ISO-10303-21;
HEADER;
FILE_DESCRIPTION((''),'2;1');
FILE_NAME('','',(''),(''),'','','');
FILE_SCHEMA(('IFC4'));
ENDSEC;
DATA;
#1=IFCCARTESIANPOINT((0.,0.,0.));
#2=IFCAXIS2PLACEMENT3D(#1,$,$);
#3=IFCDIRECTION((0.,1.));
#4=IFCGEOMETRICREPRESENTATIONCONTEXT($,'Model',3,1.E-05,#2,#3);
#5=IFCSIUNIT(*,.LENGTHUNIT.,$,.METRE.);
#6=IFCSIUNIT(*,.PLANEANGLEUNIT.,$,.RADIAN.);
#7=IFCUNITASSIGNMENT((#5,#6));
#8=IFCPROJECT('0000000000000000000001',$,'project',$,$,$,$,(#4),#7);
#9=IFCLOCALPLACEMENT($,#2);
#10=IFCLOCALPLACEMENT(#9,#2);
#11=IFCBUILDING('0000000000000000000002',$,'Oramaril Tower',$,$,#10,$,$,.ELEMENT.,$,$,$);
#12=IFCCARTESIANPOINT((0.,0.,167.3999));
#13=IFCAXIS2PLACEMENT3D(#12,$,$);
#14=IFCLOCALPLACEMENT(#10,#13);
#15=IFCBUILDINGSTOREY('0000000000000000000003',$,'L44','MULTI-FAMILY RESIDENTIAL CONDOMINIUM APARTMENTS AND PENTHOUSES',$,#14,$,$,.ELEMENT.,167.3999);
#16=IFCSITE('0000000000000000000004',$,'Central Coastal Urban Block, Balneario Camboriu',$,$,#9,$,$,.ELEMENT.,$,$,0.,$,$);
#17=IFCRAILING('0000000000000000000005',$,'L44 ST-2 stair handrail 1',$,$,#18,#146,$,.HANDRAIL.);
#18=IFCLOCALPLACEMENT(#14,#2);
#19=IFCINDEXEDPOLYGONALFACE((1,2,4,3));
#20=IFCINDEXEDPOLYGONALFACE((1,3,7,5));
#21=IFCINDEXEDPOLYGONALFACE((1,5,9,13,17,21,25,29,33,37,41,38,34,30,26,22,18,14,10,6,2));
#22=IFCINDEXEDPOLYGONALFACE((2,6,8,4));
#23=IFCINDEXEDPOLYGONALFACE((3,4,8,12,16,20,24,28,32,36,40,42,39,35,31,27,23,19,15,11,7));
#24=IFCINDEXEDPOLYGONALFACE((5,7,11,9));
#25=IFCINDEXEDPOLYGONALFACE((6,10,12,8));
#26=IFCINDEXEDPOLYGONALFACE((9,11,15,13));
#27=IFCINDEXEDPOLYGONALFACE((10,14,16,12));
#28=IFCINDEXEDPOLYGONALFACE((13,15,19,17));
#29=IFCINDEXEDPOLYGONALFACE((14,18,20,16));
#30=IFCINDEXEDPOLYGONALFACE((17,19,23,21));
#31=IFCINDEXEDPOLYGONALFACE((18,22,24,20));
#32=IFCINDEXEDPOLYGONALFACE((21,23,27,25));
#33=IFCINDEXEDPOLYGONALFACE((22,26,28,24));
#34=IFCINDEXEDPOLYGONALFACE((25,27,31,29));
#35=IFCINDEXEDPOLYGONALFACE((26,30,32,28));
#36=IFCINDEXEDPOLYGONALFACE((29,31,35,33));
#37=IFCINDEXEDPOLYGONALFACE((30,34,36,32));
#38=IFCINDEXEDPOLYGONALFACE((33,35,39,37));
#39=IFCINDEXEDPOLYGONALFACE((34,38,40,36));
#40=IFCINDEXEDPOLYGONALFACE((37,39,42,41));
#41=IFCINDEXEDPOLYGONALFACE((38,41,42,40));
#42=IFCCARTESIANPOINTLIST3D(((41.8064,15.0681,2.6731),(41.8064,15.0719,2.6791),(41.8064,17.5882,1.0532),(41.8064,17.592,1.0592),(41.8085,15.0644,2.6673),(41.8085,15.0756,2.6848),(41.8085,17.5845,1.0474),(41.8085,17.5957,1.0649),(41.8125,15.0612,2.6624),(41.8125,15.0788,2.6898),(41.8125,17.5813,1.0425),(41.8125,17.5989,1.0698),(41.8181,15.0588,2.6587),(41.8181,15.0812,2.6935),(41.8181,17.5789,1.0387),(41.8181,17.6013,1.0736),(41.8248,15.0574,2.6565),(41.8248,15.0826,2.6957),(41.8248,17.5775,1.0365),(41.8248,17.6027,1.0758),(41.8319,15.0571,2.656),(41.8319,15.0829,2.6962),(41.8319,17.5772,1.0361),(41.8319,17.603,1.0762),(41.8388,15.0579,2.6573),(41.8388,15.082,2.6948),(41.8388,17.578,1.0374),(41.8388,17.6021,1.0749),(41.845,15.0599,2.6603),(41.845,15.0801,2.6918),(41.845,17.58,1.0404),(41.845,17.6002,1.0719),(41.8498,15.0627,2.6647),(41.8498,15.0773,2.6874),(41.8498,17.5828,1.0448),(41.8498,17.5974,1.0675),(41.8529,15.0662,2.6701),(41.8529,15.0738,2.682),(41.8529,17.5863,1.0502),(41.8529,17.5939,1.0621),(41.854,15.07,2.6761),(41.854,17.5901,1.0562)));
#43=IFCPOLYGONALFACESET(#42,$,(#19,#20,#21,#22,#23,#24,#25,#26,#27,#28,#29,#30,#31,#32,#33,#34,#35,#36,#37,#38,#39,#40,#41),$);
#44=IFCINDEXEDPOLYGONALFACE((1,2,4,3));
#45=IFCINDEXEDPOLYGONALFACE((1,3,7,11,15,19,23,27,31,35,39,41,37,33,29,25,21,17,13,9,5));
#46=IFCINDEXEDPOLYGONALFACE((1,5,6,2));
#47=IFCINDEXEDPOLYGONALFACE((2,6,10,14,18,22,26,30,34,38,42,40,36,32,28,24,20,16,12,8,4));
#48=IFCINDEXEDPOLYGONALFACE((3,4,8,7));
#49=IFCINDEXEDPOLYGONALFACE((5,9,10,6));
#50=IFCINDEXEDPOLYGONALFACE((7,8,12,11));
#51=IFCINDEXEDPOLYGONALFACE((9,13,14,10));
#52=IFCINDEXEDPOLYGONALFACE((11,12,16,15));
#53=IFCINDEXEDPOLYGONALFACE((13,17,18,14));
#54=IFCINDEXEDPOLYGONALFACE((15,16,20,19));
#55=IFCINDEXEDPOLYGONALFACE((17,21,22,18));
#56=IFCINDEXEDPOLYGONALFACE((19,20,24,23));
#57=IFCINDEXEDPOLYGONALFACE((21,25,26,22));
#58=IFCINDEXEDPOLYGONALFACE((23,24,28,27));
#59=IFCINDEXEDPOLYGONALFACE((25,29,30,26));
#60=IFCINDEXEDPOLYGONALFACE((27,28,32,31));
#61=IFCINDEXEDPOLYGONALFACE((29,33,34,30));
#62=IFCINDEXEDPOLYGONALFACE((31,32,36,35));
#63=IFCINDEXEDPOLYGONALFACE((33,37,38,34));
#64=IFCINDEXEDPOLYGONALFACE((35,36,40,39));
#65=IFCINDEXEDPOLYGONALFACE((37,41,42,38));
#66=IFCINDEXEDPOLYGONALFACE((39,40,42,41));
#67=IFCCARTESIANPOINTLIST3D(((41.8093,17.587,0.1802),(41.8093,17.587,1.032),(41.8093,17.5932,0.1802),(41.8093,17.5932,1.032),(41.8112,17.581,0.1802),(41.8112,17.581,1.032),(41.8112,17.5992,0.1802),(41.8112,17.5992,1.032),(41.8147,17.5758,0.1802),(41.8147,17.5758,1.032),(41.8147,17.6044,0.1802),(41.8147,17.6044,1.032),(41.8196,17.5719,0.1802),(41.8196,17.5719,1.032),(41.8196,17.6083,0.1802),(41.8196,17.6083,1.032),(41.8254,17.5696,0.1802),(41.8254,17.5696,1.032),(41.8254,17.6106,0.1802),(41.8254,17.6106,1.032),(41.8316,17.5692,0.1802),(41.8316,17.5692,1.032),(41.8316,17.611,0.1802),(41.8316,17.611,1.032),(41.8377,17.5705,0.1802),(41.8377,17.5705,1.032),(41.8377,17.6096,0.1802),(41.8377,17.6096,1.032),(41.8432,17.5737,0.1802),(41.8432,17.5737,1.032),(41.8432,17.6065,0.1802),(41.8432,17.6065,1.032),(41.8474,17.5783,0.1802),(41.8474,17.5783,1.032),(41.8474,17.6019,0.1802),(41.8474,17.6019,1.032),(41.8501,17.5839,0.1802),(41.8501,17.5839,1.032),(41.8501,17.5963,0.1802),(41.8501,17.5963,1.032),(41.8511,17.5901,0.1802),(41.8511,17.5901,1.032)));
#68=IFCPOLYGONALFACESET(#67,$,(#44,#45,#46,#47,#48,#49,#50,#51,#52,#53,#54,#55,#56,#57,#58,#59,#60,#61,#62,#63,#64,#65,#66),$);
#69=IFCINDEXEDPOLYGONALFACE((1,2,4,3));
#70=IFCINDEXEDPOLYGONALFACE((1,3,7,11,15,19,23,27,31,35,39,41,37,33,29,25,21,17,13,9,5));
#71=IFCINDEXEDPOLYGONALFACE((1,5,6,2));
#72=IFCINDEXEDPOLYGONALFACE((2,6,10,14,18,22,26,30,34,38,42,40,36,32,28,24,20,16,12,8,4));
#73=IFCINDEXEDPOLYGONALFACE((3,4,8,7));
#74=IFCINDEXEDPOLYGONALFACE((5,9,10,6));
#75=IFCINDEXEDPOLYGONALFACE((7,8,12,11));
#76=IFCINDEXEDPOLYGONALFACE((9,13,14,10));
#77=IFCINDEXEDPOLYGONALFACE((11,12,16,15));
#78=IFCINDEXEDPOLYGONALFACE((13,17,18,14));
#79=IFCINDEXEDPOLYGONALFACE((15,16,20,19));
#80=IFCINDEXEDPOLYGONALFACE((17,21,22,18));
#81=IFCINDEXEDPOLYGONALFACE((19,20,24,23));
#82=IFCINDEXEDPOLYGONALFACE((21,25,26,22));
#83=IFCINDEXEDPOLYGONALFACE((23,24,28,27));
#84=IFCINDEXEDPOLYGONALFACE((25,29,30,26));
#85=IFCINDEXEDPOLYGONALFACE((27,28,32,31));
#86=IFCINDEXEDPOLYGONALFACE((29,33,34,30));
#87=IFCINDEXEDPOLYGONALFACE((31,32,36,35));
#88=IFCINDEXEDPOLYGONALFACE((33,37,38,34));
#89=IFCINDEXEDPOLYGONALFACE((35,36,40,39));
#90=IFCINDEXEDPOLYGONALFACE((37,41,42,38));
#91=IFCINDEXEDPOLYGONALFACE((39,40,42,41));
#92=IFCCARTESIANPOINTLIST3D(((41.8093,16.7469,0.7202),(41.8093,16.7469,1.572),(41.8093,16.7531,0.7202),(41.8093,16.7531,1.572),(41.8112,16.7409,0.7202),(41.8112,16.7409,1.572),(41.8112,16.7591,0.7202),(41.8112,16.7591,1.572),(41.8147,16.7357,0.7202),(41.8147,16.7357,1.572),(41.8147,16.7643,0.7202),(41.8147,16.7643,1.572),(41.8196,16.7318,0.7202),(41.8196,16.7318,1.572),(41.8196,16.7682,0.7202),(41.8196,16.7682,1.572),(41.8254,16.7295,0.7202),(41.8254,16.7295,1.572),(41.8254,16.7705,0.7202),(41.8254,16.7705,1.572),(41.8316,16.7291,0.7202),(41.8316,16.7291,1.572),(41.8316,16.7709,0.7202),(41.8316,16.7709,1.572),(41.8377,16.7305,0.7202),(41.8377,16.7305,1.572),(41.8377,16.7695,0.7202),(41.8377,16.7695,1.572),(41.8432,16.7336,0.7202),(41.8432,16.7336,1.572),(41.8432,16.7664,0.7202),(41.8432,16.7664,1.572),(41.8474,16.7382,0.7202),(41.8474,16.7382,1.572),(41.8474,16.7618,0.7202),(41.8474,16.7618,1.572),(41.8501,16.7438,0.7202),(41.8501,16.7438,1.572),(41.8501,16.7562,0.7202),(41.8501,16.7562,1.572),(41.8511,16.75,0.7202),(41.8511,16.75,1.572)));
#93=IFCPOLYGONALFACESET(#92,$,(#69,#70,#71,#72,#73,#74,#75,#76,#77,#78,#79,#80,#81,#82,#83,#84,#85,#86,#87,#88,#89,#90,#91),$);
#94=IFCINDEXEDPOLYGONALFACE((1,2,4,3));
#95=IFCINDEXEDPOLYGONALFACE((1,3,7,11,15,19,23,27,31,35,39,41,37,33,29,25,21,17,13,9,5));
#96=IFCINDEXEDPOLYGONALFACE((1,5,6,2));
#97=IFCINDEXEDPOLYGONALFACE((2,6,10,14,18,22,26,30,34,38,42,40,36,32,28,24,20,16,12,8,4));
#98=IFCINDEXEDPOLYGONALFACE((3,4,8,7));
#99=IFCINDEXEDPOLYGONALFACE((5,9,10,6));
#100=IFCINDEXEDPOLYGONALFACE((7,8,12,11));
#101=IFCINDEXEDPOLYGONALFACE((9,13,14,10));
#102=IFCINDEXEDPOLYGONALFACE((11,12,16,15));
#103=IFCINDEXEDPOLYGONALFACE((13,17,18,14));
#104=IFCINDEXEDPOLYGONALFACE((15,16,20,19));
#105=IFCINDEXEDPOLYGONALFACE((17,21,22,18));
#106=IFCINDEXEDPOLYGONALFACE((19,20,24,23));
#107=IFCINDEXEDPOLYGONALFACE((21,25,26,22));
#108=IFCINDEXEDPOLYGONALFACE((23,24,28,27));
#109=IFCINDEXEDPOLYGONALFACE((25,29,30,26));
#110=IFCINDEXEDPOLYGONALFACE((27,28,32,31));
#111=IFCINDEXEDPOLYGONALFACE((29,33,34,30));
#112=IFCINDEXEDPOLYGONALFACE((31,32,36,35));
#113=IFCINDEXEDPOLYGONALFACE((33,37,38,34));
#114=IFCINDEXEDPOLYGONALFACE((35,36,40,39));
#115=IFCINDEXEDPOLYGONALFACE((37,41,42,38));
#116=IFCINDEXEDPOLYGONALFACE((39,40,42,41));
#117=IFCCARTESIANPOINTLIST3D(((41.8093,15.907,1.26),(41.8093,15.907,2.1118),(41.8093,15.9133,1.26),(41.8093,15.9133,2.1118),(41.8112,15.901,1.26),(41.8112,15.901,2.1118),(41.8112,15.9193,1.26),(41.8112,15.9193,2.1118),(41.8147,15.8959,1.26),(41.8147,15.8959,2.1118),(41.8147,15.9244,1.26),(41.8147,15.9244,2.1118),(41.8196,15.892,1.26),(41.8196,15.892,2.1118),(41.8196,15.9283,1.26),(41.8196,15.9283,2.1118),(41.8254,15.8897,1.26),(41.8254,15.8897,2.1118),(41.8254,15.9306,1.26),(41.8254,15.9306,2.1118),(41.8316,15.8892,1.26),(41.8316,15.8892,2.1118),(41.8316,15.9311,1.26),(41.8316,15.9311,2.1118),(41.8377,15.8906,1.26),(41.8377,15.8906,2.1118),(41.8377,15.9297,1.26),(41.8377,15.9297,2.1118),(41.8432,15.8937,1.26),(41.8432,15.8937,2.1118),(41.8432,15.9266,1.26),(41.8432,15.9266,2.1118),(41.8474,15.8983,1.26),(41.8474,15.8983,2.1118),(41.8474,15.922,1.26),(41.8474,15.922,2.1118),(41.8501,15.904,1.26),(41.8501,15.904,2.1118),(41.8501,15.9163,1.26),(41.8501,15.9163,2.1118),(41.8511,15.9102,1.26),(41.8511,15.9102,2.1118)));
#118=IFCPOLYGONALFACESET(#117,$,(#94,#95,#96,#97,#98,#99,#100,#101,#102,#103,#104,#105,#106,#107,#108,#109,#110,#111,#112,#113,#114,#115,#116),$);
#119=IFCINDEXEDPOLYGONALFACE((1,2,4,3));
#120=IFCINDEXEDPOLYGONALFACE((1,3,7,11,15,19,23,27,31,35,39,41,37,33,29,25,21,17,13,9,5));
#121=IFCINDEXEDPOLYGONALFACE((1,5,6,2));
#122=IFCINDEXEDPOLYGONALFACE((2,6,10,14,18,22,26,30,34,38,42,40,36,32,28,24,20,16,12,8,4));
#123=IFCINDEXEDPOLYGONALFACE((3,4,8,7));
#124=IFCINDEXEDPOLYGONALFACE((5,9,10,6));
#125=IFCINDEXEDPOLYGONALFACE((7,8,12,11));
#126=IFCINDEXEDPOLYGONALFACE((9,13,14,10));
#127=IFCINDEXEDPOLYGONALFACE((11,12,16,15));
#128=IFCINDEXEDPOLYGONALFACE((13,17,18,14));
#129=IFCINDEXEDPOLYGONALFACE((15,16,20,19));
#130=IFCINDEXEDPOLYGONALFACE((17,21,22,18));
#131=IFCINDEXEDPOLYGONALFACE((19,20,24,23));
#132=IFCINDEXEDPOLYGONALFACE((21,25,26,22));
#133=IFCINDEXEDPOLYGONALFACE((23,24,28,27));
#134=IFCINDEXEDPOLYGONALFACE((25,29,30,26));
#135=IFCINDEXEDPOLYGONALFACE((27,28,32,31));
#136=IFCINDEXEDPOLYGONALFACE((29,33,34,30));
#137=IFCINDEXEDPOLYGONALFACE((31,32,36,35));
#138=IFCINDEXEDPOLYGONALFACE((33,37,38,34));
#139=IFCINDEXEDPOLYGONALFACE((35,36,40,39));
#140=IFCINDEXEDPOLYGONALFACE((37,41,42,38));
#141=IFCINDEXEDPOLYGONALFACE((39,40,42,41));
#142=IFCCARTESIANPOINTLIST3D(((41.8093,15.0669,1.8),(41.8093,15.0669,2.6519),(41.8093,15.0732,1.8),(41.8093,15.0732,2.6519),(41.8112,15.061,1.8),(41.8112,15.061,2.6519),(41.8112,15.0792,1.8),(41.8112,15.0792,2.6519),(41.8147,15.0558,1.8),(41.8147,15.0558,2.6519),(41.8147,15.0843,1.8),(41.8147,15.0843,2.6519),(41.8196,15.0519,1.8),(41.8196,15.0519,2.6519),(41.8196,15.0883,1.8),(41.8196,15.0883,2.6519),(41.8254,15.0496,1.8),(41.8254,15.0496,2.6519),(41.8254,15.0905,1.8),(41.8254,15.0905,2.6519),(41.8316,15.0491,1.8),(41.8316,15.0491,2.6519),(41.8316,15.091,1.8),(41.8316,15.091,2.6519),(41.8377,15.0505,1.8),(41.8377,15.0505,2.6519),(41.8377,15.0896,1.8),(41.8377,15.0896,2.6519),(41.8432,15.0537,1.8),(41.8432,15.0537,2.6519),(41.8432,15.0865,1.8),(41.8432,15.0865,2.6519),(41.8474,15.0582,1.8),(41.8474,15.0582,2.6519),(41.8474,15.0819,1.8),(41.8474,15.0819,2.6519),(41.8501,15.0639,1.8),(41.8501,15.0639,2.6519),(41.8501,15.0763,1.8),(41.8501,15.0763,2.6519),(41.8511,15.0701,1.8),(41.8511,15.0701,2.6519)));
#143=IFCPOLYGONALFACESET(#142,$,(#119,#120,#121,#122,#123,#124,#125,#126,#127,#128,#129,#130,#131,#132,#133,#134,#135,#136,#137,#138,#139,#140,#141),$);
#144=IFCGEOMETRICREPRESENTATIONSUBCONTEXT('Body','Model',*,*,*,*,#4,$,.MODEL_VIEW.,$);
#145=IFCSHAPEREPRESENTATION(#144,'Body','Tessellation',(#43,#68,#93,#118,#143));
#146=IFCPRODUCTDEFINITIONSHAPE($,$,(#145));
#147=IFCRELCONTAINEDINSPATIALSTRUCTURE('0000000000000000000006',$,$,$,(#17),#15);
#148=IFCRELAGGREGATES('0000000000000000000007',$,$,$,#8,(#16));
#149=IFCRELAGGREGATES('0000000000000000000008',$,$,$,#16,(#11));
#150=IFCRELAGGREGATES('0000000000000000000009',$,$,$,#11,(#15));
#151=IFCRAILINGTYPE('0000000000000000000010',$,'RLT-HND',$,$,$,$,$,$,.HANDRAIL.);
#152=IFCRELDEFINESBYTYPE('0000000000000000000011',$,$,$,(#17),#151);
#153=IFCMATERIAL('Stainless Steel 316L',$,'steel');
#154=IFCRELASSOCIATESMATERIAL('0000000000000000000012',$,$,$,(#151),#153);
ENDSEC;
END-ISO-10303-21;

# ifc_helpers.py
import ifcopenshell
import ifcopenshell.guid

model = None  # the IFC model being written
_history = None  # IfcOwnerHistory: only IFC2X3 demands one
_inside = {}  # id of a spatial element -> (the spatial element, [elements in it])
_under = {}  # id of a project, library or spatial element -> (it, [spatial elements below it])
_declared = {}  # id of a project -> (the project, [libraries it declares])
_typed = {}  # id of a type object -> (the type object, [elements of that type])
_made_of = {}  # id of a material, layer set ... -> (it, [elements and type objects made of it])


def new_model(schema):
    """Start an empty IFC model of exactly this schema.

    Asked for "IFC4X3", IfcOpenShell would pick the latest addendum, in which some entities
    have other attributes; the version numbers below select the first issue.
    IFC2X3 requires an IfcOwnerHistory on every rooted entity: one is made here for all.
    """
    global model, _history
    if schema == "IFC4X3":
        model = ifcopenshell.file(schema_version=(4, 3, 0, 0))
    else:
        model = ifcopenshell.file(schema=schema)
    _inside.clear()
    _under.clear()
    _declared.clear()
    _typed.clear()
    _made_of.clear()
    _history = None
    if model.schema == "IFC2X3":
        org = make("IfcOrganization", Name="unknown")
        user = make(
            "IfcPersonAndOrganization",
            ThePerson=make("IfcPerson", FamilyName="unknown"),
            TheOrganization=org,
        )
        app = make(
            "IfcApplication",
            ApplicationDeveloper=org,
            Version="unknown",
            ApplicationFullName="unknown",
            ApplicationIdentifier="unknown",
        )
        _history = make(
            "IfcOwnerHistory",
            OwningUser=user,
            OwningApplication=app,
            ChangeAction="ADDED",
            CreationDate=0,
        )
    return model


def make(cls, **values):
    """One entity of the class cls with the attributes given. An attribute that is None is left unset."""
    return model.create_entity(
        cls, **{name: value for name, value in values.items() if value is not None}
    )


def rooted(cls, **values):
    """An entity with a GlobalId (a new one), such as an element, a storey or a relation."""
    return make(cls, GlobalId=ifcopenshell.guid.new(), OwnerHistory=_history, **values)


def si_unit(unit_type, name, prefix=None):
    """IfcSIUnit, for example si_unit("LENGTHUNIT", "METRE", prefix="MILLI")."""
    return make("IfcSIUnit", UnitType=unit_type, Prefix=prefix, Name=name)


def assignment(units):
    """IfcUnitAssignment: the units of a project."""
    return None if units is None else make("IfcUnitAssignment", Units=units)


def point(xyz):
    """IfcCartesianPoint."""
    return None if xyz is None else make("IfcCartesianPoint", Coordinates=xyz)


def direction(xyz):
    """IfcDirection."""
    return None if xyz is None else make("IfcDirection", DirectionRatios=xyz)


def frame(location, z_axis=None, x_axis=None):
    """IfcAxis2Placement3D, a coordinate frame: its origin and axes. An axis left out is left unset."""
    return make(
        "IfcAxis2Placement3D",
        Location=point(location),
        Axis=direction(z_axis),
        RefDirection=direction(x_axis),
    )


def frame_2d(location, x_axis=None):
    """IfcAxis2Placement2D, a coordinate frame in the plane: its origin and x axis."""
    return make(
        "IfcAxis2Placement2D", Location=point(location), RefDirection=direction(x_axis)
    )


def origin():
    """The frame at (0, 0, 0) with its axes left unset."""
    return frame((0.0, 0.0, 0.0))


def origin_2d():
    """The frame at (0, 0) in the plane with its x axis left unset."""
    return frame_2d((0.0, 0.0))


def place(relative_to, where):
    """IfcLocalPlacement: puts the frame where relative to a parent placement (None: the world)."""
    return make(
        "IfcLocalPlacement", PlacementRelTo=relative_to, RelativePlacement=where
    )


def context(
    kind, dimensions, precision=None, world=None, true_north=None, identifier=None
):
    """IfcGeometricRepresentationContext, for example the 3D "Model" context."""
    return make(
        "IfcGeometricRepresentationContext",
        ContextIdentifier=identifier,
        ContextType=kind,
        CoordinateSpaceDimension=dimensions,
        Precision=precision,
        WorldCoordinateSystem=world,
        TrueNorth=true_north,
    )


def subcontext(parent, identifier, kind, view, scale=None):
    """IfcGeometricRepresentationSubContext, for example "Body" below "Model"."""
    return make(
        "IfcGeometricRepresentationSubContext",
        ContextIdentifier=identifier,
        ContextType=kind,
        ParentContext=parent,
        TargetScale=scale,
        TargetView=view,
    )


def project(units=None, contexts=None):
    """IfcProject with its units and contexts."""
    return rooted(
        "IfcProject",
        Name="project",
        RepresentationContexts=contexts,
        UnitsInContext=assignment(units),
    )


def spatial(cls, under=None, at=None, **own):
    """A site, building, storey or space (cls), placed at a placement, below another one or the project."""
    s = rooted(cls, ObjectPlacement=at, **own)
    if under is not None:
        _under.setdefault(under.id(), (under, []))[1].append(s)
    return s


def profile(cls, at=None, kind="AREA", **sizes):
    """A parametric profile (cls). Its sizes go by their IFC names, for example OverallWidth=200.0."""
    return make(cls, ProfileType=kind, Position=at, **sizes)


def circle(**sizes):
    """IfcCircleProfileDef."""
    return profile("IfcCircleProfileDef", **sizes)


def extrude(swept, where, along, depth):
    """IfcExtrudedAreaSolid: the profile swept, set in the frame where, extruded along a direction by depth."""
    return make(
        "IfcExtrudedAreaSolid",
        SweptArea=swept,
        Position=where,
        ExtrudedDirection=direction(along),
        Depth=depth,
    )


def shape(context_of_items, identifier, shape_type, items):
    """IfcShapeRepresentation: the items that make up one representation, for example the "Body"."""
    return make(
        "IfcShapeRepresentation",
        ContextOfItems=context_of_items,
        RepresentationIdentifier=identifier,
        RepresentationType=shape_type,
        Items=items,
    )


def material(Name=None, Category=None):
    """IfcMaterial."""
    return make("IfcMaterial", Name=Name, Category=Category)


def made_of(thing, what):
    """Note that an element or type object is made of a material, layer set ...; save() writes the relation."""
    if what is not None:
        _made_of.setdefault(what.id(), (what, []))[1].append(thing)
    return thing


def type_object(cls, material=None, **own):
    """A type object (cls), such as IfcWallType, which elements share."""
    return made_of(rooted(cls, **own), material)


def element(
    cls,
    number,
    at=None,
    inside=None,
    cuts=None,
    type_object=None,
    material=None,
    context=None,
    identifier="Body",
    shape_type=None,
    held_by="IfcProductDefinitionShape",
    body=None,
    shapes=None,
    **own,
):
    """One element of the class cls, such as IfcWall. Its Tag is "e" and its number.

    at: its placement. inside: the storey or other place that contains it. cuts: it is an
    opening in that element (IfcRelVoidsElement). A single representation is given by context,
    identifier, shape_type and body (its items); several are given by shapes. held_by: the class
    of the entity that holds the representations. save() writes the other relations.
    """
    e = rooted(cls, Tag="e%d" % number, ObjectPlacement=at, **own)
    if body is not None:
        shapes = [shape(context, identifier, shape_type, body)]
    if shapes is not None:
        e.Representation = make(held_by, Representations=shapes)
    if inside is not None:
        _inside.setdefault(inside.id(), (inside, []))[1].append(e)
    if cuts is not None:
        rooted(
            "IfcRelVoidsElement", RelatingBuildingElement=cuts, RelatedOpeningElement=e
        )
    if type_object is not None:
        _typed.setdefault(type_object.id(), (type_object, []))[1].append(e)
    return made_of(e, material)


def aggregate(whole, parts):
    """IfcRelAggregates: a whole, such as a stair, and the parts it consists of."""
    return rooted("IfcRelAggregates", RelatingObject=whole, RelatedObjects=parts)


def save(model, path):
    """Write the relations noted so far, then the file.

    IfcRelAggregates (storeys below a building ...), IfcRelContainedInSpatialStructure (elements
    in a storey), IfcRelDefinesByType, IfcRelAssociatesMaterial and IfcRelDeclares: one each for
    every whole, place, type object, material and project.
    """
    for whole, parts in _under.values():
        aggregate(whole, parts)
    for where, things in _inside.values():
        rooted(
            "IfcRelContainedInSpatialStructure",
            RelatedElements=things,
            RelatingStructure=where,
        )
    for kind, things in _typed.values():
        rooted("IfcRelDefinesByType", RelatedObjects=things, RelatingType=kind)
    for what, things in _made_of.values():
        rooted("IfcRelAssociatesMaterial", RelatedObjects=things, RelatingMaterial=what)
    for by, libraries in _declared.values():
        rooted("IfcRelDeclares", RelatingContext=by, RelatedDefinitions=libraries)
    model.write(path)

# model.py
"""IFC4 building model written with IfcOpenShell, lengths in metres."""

from ifc_helpers import new_model, si_unit, direction, frame, origin, origin_2d, place, context, subcontext, project, spatial, circle, extrude, material, type_object, element, save


model = new_model("IFC4")

# Units and contexts
model_context = context("Model", 3, precision=1e-05, world=origin(), true_north=direction((0.0, 1.0)))
body_context = subcontext(model_context, "Body", "Model", "MODEL_VIEW")
ifc_project = project(units=[si_unit("LENGTHUNIT", "METRE"), si_unit("PLANEANGLEUNIT", "RADIAN")], contexts=[model_context])

# Site, building, storey
site_placement = place(None, origin())
site = spatial("IfcSite", under=ifc_project, at=site_placement, Name="Central Coastal Urban Block, Balneario Camboriu", CompositionType="ELEMENT", RefElevation=0.0)
building_placement = place(site_placement, origin())
building = spatial("IfcBuilding", under=site, at=building_placement, Name="Oramaril Tower", CompositionType="ELEMENT")
storey_placement = place(building_placement, frame((0.0, 0.0, 167.3999)))
storey = spatial("IfcBuildingStorey", under=building, at=storey_placement, Name="L44", Description="MULTI-FAMILY RESIDENTIAL CONDOMINIUM APARTMENTS AND PENTHOUSES", CompositionType="ELEMENT", Elevation=167.3999)

# Railing
ifc_material_1 = material(Name="Stainless Steel 316L", Category="steel")
railing_type_1 = type_object("IfcRailingType", Name="RLT-HND", PredefinedType="HANDRAIL", material=ifc_material_1)
railing_1_placement = place(storey_placement, frame((41.8301, 17.5901, 0.1802)))
element("IfcRailing", 1, at=railing_1_placement, inside=storey, type_object=railing_type_1, Name="L44 ST-2 stair handrail 1", PredefinedType="HANDRAIL", context=body_context, shape_type="SweptSolid", body=[
    extrude(circle(Radius=0.0239, at=origin_2d()), frame((0.0, 0.0, 0.876), z_axis=(0.0, -0.8412, 0.540725), x_axis=(1.0, 0.0, 0.0)), (0.0, 0.0, 1.0), 2.9958),
    extrude(circle(Radius=0.021, at=origin_2d()), origin(), (0.0, 0.0, 1.0), 0.8518),
    extrude(circle(Radius=0.021, at=origin_2d()), frame((0.0, -0.8401, 0.54)), (0.0, 0.0, 1.0), 0.8518),
    extrude(circle(Radius=0.021, at=origin_2d()), frame((0.0, -1.6799, 1.0798)), (0.0, 0.0, 1.0), 0.8518),
    extrude(circle(Radius=0.021, at=origin_2d()), frame((0.0, -2.52, 1.6199)), (0.0, 0.0, 1.0), 0.8518),
])

save(model, "model.ifc")
